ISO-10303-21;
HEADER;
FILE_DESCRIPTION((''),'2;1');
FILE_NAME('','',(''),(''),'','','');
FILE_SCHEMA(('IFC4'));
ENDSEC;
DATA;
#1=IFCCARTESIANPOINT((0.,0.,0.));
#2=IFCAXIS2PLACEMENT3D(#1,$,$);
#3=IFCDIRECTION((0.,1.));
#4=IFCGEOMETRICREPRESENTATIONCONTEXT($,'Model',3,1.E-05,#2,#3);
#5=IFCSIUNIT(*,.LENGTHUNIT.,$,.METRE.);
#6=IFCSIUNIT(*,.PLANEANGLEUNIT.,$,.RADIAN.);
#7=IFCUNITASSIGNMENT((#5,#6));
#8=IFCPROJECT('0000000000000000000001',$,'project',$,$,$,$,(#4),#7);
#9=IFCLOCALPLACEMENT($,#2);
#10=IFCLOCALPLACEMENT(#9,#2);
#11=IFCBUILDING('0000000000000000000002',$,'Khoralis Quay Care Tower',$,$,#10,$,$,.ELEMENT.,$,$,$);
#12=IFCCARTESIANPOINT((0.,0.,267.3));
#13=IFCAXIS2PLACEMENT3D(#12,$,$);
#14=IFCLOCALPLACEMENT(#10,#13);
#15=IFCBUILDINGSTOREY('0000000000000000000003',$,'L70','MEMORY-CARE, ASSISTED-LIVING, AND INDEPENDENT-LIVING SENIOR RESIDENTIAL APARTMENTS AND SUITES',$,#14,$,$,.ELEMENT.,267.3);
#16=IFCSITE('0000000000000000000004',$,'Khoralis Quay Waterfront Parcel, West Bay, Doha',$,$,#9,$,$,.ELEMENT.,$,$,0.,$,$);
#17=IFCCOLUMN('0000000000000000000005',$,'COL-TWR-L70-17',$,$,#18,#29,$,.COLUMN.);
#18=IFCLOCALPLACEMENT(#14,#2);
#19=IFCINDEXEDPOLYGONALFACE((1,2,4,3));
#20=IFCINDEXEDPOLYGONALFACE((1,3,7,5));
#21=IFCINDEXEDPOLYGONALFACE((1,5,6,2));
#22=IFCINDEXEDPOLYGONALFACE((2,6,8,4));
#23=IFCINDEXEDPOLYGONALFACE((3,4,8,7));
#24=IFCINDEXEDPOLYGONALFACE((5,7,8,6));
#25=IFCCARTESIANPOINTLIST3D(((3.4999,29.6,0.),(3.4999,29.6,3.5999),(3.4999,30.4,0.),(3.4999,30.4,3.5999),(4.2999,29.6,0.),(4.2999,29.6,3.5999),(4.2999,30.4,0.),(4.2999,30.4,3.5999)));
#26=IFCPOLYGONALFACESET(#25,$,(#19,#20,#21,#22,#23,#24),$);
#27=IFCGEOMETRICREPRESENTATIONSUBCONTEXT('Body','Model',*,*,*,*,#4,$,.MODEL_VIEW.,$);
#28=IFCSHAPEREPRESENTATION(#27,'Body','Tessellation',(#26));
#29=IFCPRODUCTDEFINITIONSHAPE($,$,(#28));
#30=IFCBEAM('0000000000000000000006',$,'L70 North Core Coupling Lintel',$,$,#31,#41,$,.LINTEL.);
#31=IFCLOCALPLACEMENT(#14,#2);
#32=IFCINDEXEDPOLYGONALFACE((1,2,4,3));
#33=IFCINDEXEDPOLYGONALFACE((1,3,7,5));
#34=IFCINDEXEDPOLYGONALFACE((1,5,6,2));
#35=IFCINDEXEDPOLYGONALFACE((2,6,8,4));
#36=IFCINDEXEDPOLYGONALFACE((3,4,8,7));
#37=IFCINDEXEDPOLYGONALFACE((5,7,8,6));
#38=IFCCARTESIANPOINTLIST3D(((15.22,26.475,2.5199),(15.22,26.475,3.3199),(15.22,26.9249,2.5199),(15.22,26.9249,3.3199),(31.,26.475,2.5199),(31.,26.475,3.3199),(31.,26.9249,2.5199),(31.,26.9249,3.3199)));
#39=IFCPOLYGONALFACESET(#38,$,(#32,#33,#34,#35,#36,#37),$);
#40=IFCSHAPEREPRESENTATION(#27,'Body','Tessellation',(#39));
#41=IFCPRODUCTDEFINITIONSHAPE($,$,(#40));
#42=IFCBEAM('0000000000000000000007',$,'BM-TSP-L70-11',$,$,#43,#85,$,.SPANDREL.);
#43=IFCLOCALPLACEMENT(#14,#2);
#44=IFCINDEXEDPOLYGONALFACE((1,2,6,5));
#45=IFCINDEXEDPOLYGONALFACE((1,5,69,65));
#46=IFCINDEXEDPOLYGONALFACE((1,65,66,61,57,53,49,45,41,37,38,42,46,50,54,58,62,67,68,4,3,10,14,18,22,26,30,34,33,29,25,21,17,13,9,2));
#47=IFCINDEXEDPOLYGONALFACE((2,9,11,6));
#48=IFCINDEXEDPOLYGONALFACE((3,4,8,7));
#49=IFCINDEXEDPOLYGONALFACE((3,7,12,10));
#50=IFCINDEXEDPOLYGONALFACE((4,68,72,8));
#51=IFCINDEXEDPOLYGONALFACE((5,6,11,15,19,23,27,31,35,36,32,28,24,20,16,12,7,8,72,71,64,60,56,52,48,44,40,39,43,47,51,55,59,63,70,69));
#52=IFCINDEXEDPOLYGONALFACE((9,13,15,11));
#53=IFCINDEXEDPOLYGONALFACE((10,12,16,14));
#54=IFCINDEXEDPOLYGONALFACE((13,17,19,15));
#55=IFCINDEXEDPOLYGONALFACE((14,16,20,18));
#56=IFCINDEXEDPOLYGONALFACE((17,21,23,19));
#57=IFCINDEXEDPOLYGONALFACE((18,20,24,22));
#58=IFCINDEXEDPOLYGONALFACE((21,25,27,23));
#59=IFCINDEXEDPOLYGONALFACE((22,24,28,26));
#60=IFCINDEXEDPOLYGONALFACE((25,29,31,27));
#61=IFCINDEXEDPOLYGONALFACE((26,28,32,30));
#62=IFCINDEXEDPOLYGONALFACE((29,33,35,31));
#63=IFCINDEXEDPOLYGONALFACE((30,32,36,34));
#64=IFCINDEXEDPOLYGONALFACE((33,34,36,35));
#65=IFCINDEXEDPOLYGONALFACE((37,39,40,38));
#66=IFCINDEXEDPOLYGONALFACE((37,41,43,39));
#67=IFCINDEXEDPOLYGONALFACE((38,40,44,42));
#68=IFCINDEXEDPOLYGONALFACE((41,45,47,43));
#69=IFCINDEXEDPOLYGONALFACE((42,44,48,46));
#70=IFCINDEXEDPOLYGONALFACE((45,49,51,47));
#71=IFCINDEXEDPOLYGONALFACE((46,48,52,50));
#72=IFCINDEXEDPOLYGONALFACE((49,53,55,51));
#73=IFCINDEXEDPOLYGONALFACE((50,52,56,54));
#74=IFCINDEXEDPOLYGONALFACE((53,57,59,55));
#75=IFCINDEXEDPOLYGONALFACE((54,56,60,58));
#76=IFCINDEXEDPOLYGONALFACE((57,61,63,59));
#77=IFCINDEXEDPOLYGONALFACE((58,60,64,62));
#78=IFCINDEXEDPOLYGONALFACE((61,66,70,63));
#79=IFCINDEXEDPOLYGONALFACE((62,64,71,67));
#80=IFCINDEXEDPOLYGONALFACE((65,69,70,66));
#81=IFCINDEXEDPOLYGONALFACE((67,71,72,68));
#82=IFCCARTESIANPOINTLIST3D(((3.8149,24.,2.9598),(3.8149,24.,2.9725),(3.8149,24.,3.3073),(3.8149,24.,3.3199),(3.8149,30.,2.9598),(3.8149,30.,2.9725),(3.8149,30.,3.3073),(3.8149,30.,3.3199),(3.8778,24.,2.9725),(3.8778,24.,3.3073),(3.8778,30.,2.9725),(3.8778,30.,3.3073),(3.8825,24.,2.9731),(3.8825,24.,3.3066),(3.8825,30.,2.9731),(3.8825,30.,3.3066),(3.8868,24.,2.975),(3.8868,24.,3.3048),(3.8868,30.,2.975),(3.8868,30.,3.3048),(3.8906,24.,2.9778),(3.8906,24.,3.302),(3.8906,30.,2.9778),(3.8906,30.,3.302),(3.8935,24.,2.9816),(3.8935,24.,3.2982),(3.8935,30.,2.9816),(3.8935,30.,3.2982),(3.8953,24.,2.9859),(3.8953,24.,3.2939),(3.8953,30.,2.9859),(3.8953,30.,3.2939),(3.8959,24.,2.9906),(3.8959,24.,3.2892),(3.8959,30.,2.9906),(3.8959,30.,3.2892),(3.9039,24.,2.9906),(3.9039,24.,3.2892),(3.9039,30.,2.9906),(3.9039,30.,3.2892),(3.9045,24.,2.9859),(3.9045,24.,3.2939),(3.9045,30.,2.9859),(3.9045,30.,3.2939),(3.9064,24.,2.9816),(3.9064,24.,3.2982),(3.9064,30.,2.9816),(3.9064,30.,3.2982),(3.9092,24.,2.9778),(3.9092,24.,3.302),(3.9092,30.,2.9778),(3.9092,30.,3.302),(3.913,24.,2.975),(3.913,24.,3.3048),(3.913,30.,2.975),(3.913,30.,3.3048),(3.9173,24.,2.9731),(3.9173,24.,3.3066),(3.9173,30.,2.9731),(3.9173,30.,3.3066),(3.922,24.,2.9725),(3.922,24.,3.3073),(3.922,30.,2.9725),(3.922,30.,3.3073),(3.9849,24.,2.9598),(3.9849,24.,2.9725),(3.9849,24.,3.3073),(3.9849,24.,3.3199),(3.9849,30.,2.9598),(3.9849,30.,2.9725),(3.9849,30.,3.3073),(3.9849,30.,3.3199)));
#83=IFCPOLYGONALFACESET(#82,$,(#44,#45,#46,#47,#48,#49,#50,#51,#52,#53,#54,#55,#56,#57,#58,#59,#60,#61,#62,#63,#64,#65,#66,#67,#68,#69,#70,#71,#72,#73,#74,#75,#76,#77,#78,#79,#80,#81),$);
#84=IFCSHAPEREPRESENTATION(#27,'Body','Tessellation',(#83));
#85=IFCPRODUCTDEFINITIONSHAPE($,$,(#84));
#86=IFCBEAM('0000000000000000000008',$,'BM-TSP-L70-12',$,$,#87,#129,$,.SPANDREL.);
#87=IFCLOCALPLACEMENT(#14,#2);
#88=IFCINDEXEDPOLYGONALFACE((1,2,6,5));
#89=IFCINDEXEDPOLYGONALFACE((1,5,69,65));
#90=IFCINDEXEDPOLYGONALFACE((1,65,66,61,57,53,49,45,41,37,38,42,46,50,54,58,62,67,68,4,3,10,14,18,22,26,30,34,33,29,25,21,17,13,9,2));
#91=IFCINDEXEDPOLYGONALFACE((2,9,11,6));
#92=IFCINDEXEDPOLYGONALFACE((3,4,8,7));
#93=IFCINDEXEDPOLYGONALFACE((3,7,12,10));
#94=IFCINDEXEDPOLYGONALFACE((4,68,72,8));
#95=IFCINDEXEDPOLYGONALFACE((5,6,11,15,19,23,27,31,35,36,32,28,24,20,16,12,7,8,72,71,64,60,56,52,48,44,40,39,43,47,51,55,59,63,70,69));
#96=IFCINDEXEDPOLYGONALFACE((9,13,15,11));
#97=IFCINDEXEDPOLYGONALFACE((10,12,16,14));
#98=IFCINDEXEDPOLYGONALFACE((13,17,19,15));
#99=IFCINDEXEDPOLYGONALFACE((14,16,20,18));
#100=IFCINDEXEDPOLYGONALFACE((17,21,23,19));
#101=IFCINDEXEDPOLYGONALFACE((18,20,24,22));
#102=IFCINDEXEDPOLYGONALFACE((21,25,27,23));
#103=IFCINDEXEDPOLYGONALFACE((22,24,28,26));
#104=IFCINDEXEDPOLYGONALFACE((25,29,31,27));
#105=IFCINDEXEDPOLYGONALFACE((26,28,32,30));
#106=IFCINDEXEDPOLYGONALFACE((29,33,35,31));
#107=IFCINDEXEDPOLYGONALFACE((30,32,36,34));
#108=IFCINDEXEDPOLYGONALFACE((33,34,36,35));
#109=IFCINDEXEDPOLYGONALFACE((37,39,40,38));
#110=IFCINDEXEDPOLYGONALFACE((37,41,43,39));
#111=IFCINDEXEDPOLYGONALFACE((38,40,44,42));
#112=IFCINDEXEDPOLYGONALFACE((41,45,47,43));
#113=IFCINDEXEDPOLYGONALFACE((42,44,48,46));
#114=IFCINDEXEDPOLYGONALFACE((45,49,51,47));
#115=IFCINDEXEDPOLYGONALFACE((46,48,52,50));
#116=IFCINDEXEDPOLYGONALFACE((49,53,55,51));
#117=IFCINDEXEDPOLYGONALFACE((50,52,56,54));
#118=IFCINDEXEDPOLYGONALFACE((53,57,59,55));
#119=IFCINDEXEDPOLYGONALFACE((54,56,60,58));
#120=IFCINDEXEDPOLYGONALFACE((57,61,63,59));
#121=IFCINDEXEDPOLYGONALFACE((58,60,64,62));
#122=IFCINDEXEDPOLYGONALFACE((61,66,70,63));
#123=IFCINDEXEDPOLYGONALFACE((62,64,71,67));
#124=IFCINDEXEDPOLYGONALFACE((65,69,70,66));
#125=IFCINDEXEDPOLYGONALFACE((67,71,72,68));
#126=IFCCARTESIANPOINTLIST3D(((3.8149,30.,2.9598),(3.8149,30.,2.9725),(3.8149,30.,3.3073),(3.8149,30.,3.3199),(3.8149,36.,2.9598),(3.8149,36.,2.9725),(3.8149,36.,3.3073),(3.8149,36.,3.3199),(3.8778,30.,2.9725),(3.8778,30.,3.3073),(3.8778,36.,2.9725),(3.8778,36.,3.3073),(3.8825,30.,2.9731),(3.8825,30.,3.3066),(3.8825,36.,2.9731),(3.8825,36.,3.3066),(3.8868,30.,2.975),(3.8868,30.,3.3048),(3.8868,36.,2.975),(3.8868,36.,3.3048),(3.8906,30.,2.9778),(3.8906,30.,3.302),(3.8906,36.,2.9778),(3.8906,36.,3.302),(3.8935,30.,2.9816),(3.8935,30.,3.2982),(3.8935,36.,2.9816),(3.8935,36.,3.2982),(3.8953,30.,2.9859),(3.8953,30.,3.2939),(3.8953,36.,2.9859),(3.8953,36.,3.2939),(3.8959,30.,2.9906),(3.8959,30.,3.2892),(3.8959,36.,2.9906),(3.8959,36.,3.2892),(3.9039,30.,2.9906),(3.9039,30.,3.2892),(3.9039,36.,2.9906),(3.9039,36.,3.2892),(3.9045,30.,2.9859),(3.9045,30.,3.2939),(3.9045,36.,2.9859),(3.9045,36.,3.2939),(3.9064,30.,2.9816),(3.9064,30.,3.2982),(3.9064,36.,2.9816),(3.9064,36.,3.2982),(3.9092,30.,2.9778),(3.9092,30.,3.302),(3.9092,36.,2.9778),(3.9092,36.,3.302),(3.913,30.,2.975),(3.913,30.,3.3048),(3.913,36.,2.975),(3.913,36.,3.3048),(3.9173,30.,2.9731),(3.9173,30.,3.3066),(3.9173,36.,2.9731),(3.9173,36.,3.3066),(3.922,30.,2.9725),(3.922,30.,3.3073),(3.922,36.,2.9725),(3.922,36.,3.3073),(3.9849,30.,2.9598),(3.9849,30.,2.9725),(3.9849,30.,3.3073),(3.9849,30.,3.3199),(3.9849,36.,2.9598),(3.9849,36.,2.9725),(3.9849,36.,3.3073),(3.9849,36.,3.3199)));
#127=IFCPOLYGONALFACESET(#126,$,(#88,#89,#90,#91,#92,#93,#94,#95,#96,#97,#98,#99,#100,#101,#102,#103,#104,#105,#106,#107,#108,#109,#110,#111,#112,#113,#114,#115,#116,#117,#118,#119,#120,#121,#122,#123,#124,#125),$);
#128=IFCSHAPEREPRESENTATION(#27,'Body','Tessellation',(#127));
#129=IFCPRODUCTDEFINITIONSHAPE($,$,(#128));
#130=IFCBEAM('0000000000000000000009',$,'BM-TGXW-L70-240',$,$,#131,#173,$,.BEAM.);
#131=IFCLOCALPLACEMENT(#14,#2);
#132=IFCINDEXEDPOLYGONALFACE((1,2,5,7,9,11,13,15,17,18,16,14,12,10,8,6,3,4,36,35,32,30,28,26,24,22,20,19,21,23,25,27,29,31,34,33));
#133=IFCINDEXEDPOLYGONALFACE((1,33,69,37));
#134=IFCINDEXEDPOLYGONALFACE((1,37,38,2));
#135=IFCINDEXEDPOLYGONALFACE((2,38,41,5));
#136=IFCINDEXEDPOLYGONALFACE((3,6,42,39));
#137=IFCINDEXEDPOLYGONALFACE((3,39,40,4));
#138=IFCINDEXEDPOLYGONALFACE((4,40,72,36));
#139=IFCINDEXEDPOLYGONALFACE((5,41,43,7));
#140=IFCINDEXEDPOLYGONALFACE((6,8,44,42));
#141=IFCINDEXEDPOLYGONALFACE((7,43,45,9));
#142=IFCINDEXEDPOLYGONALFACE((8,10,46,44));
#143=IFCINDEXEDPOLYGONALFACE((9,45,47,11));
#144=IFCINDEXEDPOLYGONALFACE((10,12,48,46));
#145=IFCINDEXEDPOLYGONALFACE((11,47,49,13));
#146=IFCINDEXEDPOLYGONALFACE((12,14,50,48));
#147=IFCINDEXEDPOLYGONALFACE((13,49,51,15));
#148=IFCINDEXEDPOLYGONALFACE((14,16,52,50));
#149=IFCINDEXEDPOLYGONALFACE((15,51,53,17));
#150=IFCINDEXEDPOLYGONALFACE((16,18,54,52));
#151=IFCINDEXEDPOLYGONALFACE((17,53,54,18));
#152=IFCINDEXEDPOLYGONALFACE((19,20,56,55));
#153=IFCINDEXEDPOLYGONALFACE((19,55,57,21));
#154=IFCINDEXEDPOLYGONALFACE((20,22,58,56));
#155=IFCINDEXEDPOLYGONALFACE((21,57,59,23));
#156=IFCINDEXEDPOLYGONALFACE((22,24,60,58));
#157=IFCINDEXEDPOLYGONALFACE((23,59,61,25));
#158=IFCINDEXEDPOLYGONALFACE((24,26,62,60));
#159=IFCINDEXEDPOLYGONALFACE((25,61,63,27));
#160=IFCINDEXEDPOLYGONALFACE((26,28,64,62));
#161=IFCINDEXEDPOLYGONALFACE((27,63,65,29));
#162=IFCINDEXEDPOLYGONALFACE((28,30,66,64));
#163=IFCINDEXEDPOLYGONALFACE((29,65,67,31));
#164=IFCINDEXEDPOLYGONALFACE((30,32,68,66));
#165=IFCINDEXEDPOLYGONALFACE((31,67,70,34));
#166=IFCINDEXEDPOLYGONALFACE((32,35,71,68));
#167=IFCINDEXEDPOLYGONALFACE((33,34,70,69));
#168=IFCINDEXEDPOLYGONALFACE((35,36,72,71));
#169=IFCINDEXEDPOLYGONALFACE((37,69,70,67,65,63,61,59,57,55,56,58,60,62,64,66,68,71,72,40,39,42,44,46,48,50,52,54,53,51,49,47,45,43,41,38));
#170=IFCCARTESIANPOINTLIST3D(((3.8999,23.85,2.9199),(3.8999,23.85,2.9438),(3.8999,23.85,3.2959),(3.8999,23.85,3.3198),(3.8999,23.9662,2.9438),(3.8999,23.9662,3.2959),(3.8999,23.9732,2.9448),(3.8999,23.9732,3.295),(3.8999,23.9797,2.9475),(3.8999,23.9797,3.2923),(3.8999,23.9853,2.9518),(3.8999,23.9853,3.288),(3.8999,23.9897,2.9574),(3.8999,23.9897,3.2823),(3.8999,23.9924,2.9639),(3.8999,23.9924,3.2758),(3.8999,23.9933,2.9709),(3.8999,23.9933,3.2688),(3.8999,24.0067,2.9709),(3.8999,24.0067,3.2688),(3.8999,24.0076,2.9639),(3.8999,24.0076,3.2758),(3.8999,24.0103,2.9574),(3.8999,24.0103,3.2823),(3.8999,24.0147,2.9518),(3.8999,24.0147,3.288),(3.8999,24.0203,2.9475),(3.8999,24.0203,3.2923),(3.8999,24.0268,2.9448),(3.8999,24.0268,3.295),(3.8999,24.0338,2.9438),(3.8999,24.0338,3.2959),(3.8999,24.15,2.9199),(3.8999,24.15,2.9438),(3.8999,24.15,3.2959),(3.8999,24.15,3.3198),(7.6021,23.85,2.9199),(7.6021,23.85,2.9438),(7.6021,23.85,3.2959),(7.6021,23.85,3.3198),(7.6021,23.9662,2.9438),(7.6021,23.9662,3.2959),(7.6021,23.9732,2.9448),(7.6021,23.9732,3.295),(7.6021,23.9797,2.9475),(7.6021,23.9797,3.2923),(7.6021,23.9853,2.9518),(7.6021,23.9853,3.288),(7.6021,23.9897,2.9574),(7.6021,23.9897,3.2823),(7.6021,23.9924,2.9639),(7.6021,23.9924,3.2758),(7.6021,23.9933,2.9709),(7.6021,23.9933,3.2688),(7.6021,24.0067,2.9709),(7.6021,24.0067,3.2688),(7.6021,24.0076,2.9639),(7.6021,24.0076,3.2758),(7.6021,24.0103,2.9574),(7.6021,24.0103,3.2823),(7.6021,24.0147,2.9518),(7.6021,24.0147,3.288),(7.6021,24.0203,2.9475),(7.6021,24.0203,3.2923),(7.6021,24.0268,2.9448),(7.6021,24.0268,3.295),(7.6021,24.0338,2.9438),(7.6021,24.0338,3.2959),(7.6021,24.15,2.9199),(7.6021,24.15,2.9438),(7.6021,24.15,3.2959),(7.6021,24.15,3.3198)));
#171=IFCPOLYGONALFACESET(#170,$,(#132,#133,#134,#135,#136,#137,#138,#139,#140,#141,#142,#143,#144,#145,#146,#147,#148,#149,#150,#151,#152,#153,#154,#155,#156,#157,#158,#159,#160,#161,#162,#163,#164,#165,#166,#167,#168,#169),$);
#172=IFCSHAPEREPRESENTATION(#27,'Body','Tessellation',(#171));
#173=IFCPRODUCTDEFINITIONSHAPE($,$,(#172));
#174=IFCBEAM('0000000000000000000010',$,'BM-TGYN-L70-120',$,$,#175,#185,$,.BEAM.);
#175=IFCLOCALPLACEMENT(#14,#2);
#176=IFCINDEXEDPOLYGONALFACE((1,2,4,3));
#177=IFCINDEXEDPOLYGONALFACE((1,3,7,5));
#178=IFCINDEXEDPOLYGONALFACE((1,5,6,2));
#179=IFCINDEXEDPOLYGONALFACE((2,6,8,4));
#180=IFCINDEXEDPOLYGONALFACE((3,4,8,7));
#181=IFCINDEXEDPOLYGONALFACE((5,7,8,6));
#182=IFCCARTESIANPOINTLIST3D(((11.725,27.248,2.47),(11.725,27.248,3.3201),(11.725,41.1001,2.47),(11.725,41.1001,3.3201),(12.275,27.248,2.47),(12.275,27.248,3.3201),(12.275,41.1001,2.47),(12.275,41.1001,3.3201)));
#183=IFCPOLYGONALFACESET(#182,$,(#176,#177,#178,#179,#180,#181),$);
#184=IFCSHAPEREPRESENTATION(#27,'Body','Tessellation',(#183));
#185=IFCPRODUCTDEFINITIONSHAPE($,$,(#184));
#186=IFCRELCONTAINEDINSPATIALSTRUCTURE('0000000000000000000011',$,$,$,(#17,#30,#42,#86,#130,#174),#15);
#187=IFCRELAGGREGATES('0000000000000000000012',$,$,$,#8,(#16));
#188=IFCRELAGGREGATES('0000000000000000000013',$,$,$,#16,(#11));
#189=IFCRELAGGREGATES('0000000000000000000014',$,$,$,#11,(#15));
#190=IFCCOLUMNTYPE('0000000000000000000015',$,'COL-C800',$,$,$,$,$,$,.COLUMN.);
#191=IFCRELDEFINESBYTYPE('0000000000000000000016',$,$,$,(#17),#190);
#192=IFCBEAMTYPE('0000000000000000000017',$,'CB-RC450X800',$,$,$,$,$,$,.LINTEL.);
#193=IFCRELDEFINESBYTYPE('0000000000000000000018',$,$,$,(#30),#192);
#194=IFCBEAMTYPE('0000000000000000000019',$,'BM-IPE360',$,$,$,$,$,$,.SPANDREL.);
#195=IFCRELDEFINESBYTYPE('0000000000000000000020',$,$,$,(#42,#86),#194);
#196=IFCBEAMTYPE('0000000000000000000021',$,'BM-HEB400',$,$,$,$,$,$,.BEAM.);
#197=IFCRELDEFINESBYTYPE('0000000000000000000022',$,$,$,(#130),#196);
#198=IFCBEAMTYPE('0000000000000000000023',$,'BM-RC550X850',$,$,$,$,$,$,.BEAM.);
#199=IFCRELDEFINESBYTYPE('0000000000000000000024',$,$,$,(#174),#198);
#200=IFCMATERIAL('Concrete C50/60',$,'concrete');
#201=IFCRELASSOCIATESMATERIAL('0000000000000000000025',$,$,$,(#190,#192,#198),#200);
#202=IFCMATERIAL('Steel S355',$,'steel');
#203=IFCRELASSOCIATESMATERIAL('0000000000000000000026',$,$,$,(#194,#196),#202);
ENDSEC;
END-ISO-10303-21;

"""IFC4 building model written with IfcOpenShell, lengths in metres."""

from ifc_helpers import new_model, si_unit, direction, frame, origin, origin_2d, place, context, subcontext, project, spatial, rectangle, i_section, extrude, source, transform, mapped, material, material_profile, profile_set, type_object, element, save


model = new_model("IFC4")

# Units and contexts
model_context = context("Model", 3, precision=1e-05, world=origin(), true_north=direction((0.0, 1.0)))
body_context = subcontext(model_context, "Body", "Model", "MODEL_VIEW")
ifc_project = project(units=[si_unit("LENGTHUNIT", "METRE"), si_unit("PLANEANGLEUNIT", "RADIAN")], contexts=[model_context])

# Site, building, storey
site_placement = place(None, origin())
site = spatial("IfcSite", under=ifc_project, at=site_placement, Name="Khoralis Quay Waterfront Parcel, West Bay, Doha", CompositionType="ELEMENT", RefElevation=0.0)
building_placement = place(site_placement, origin())
building = spatial("IfcBuilding", under=site, at=building_placement, Name="Khoralis Quay Care Tower", CompositionType="ELEMENT")
storey_placement = place(building_placement, frame((0.0, 0.0, 267.3)))
storey = spatial("IfcBuildingStorey", under=building, at=storey_placement, Name="L70", Description="MEMORY-CARE, ASSISTED-LIVING, AND INDEPENDENT-LIVING SENIOR RESIDENTIAL APARTMENTS AND SUITES", CompositionType="ELEMENT", Elevation=267.3)

# Column
ifc_material_1 = material(Name="Concrete C50/60", Category="concrete")
ifc_material_profile_1 = material_profile(ifc_material_1, rectangle(XDim=0.8, YDim=0.8, at=origin_2d()), Name="Concrete C50/60")
ifc_profile_set_1 = profile_set([ifc_material_profile_1], Name="Concrete C50/60")
column_type = type_object("IfcColumnType", Name="COL-C800", PredefinedType="COLUMN", material=ifc_profile_set_1)
shared_shape_1 = source(origin(), body_context, "Body", "SweptSolid", [
    extrude(rectangle(XDim=0.8, YDim=0.8, at=origin_2d()), origin(), (0.0, 0.0, 1.0), 3.5999),
])
column_placement = place(storey_placement, frame((3.8999, 30.0, 0.0), z_axis=(0.0, 0.0, 1.0), x_axis=(1.0, 0.0, 0.0)))
element("IfcColumn", 1, at=column_placement, inside=storey, type_object=column_type, Name="COL-TWR-L70-17", PredefinedType="COLUMN", context=body_context, shape_type="MappedRepresentation", body=[
    mapped(shared_shape_1, transform((0.0, 0.0, 0.0), scale=1.0)),
])

# Beams
ifc_material_profile_2 = material_profile(ifc_material_1, rectangle(XDim=0.45, YDim=0.8, at=origin_2d()), Name="Concrete C50/60")
ifc_profile_set_2 = profile_set([ifc_material_profile_2], Name="Concrete C50/60")
beam_type_1 = type_object("IfcBeamType", Name="CB-RC450X800", PredefinedType="LINTEL", material=ifc_profile_set_2)
shared_shape_2 = source(origin(), body_context, "Body", "SweptSolid", [
    extrude(rectangle(XDim=0.45, YDim=0.8, at=origin_2d()), origin(), (0.0, 0.0, 1.0), 15.78),
])
beam_1_placement = place(storey_placement, frame((15.22, 26.7, 2.9199), z_axis=(1.0, 0.0, 0.0), x_axis=(0.0, 1.0, 0.0)))
element("IfcBeam", 2, at=beam_1_placement, inside=storey, type_object=beam_type_1, Name="L70 North Core Coupling Lintel", PredefinedType="LINTEL", context=body_context, shape_type="MappedRepresentation", body=[
    mapped(shared_shape_2, transform((0.0, 0.0, 0.0), scale=1.0)),
])
ifc_material_2 = material(Name="Steel S355", Category="steel")
ifc_material_profile_3 = material_profile(ifc_material_2, i_section(OverallWidth=0.1699, OverallDepth=0.3601, WebThickness=0.0081, FlangeThickness=0.0127, FilletRadius=0.0181, at=origin_2d()), Name="Steel S355")
ifc_profile_set_3 = profile_set([ifc_material_profile_3], Name="Steel S355")
beam_type_2 = type_object("IfcBeamType", Name="BM-IPE360", PredefinedType="SPANDREL", material=ifc_profile_set_3)
shared_shape_3 = source(origin(), body_context, "Body", "SweptSolid", [
    extrude(i_section(OverallWidth=0.1699, OverallDepth=0.3601, WebThickness=0.0081, FlangeThickness=0.0127, FilletRadius=0.0181, at=origin_2d()), origin(), (0.0, 0.0, 1.0), 6.0),
])
for number, where, z_axis, x_axis, name in (
    (3, (3.8999, 24.0, 3.1399), (0.0, 1.0, 0.0), (-1.0, 0.0, 0.0), "BM-TSP-L70-11"),
    (4, (3.8999, 30.0, 3.1399), (0.0, 1.0, 0.0), (-1.0, 0.0, 0.0), "BM-TSP-L70-12"),
):
    element("IfcBeam", number, at=place(storey_placement, frame(where, z_axis=z_axis, x_axis=x_axis)), inside=storey, type_object=beam_type_2, Name=name, PredefinedType="SPANDREL", context=body_context, shape_type="MappedRepresentation", body=[
        mapped(shared_shape_3, transform((0.0, 0.0, 0.0), scale=1.0)),
    ])
ifc_material_profile_4 = material_profile(ifc_material_2, i_section(OverallWidth=0.3, OverallDepth=0.3999, WebThickness=0.0134, FlangeThickness=0.0239, FilletRadius=0.0271, at=origin_2d()), Name="Steel S355")
ifc_profile_set_4 = profile_set([ifc_material_profile_4], Name="Steel S355")
beam_type_3 = type_object("IfcBeamType", Name="BM-HEB400", PredefinedType="BEAM", material=ifc_profile_set_4)
shared_shape_4 = source(origin(), body_context, "Body", "SweptSolid", [
    extrude(i_section(OverallWidth=0.3, OverallDepth=0.3999, WebThickness=0.0134, FlangeThickness=0.0239, FilletRadius=0.0271, at=origin_2d()), origin(), (0.0, 0.0, 1.0), 3.7021),
])
beam_2_placement = place(storey_placement, frame((3.8999, 24.0, 3.1199), z_axis=(1.0, 0.0, 0.0), x_axis=(0.0, 1.0, 0.0)))
element("IfcBeam", 5, at=beam_2_placement, inside=storey, type_object=beam_type_3, Name="BM-TGXW-L70-240", PredefinedType="BEAM", context=body_context, shape_type="MappedRepresentation", body=[
    mapped(shared_shape_4, transform((0.0, 0.0, 0.0), scale=1.0)),
])
ifc_material_profile_5 = material_profile(ifc_material_1, rectangle(XDim=0.55, YDim=0.8501, at=origin_2d()), Name="Concrete C50/60")
ifc_profile_set_5 = profile_set([ifc_material_profile_5], Name="Concrete C50/60")
beam_type_4 = type_object("IfcBeamType", Name="BM-RC550X850", PredefinedType="BEAM", material=ifc_profile_set_5)
shared_shape_5 = source(origin(), body_context, "Body", "SweptSolid", [
    extrude(rectangle(XDim=0.55, YDim=0.8501, at=origin_2d()), origin(), (0.0, 0.0, 1.0), 13.8521),
])
beam_3_placement = place(storey_placement, frame((12.0, 27.248, 2.895), z_axis=(0.0, 1.0, 0.0), x_axis=(-1.0, 0.0, 0.0)))
element("IfcBeam", 6, at=beam_3_placement, inside=storey, type_object=beam_type_4, Name="BM-TGYN-L70-120", PredefinedType="BEAM", context=body_context, shape_type="MappedRepresentation", body=[
    mapped(shared_shape_5, transform((0.0, 0.0, 0.0), scale=1.0)),
])

save(model, "model.ifc")
